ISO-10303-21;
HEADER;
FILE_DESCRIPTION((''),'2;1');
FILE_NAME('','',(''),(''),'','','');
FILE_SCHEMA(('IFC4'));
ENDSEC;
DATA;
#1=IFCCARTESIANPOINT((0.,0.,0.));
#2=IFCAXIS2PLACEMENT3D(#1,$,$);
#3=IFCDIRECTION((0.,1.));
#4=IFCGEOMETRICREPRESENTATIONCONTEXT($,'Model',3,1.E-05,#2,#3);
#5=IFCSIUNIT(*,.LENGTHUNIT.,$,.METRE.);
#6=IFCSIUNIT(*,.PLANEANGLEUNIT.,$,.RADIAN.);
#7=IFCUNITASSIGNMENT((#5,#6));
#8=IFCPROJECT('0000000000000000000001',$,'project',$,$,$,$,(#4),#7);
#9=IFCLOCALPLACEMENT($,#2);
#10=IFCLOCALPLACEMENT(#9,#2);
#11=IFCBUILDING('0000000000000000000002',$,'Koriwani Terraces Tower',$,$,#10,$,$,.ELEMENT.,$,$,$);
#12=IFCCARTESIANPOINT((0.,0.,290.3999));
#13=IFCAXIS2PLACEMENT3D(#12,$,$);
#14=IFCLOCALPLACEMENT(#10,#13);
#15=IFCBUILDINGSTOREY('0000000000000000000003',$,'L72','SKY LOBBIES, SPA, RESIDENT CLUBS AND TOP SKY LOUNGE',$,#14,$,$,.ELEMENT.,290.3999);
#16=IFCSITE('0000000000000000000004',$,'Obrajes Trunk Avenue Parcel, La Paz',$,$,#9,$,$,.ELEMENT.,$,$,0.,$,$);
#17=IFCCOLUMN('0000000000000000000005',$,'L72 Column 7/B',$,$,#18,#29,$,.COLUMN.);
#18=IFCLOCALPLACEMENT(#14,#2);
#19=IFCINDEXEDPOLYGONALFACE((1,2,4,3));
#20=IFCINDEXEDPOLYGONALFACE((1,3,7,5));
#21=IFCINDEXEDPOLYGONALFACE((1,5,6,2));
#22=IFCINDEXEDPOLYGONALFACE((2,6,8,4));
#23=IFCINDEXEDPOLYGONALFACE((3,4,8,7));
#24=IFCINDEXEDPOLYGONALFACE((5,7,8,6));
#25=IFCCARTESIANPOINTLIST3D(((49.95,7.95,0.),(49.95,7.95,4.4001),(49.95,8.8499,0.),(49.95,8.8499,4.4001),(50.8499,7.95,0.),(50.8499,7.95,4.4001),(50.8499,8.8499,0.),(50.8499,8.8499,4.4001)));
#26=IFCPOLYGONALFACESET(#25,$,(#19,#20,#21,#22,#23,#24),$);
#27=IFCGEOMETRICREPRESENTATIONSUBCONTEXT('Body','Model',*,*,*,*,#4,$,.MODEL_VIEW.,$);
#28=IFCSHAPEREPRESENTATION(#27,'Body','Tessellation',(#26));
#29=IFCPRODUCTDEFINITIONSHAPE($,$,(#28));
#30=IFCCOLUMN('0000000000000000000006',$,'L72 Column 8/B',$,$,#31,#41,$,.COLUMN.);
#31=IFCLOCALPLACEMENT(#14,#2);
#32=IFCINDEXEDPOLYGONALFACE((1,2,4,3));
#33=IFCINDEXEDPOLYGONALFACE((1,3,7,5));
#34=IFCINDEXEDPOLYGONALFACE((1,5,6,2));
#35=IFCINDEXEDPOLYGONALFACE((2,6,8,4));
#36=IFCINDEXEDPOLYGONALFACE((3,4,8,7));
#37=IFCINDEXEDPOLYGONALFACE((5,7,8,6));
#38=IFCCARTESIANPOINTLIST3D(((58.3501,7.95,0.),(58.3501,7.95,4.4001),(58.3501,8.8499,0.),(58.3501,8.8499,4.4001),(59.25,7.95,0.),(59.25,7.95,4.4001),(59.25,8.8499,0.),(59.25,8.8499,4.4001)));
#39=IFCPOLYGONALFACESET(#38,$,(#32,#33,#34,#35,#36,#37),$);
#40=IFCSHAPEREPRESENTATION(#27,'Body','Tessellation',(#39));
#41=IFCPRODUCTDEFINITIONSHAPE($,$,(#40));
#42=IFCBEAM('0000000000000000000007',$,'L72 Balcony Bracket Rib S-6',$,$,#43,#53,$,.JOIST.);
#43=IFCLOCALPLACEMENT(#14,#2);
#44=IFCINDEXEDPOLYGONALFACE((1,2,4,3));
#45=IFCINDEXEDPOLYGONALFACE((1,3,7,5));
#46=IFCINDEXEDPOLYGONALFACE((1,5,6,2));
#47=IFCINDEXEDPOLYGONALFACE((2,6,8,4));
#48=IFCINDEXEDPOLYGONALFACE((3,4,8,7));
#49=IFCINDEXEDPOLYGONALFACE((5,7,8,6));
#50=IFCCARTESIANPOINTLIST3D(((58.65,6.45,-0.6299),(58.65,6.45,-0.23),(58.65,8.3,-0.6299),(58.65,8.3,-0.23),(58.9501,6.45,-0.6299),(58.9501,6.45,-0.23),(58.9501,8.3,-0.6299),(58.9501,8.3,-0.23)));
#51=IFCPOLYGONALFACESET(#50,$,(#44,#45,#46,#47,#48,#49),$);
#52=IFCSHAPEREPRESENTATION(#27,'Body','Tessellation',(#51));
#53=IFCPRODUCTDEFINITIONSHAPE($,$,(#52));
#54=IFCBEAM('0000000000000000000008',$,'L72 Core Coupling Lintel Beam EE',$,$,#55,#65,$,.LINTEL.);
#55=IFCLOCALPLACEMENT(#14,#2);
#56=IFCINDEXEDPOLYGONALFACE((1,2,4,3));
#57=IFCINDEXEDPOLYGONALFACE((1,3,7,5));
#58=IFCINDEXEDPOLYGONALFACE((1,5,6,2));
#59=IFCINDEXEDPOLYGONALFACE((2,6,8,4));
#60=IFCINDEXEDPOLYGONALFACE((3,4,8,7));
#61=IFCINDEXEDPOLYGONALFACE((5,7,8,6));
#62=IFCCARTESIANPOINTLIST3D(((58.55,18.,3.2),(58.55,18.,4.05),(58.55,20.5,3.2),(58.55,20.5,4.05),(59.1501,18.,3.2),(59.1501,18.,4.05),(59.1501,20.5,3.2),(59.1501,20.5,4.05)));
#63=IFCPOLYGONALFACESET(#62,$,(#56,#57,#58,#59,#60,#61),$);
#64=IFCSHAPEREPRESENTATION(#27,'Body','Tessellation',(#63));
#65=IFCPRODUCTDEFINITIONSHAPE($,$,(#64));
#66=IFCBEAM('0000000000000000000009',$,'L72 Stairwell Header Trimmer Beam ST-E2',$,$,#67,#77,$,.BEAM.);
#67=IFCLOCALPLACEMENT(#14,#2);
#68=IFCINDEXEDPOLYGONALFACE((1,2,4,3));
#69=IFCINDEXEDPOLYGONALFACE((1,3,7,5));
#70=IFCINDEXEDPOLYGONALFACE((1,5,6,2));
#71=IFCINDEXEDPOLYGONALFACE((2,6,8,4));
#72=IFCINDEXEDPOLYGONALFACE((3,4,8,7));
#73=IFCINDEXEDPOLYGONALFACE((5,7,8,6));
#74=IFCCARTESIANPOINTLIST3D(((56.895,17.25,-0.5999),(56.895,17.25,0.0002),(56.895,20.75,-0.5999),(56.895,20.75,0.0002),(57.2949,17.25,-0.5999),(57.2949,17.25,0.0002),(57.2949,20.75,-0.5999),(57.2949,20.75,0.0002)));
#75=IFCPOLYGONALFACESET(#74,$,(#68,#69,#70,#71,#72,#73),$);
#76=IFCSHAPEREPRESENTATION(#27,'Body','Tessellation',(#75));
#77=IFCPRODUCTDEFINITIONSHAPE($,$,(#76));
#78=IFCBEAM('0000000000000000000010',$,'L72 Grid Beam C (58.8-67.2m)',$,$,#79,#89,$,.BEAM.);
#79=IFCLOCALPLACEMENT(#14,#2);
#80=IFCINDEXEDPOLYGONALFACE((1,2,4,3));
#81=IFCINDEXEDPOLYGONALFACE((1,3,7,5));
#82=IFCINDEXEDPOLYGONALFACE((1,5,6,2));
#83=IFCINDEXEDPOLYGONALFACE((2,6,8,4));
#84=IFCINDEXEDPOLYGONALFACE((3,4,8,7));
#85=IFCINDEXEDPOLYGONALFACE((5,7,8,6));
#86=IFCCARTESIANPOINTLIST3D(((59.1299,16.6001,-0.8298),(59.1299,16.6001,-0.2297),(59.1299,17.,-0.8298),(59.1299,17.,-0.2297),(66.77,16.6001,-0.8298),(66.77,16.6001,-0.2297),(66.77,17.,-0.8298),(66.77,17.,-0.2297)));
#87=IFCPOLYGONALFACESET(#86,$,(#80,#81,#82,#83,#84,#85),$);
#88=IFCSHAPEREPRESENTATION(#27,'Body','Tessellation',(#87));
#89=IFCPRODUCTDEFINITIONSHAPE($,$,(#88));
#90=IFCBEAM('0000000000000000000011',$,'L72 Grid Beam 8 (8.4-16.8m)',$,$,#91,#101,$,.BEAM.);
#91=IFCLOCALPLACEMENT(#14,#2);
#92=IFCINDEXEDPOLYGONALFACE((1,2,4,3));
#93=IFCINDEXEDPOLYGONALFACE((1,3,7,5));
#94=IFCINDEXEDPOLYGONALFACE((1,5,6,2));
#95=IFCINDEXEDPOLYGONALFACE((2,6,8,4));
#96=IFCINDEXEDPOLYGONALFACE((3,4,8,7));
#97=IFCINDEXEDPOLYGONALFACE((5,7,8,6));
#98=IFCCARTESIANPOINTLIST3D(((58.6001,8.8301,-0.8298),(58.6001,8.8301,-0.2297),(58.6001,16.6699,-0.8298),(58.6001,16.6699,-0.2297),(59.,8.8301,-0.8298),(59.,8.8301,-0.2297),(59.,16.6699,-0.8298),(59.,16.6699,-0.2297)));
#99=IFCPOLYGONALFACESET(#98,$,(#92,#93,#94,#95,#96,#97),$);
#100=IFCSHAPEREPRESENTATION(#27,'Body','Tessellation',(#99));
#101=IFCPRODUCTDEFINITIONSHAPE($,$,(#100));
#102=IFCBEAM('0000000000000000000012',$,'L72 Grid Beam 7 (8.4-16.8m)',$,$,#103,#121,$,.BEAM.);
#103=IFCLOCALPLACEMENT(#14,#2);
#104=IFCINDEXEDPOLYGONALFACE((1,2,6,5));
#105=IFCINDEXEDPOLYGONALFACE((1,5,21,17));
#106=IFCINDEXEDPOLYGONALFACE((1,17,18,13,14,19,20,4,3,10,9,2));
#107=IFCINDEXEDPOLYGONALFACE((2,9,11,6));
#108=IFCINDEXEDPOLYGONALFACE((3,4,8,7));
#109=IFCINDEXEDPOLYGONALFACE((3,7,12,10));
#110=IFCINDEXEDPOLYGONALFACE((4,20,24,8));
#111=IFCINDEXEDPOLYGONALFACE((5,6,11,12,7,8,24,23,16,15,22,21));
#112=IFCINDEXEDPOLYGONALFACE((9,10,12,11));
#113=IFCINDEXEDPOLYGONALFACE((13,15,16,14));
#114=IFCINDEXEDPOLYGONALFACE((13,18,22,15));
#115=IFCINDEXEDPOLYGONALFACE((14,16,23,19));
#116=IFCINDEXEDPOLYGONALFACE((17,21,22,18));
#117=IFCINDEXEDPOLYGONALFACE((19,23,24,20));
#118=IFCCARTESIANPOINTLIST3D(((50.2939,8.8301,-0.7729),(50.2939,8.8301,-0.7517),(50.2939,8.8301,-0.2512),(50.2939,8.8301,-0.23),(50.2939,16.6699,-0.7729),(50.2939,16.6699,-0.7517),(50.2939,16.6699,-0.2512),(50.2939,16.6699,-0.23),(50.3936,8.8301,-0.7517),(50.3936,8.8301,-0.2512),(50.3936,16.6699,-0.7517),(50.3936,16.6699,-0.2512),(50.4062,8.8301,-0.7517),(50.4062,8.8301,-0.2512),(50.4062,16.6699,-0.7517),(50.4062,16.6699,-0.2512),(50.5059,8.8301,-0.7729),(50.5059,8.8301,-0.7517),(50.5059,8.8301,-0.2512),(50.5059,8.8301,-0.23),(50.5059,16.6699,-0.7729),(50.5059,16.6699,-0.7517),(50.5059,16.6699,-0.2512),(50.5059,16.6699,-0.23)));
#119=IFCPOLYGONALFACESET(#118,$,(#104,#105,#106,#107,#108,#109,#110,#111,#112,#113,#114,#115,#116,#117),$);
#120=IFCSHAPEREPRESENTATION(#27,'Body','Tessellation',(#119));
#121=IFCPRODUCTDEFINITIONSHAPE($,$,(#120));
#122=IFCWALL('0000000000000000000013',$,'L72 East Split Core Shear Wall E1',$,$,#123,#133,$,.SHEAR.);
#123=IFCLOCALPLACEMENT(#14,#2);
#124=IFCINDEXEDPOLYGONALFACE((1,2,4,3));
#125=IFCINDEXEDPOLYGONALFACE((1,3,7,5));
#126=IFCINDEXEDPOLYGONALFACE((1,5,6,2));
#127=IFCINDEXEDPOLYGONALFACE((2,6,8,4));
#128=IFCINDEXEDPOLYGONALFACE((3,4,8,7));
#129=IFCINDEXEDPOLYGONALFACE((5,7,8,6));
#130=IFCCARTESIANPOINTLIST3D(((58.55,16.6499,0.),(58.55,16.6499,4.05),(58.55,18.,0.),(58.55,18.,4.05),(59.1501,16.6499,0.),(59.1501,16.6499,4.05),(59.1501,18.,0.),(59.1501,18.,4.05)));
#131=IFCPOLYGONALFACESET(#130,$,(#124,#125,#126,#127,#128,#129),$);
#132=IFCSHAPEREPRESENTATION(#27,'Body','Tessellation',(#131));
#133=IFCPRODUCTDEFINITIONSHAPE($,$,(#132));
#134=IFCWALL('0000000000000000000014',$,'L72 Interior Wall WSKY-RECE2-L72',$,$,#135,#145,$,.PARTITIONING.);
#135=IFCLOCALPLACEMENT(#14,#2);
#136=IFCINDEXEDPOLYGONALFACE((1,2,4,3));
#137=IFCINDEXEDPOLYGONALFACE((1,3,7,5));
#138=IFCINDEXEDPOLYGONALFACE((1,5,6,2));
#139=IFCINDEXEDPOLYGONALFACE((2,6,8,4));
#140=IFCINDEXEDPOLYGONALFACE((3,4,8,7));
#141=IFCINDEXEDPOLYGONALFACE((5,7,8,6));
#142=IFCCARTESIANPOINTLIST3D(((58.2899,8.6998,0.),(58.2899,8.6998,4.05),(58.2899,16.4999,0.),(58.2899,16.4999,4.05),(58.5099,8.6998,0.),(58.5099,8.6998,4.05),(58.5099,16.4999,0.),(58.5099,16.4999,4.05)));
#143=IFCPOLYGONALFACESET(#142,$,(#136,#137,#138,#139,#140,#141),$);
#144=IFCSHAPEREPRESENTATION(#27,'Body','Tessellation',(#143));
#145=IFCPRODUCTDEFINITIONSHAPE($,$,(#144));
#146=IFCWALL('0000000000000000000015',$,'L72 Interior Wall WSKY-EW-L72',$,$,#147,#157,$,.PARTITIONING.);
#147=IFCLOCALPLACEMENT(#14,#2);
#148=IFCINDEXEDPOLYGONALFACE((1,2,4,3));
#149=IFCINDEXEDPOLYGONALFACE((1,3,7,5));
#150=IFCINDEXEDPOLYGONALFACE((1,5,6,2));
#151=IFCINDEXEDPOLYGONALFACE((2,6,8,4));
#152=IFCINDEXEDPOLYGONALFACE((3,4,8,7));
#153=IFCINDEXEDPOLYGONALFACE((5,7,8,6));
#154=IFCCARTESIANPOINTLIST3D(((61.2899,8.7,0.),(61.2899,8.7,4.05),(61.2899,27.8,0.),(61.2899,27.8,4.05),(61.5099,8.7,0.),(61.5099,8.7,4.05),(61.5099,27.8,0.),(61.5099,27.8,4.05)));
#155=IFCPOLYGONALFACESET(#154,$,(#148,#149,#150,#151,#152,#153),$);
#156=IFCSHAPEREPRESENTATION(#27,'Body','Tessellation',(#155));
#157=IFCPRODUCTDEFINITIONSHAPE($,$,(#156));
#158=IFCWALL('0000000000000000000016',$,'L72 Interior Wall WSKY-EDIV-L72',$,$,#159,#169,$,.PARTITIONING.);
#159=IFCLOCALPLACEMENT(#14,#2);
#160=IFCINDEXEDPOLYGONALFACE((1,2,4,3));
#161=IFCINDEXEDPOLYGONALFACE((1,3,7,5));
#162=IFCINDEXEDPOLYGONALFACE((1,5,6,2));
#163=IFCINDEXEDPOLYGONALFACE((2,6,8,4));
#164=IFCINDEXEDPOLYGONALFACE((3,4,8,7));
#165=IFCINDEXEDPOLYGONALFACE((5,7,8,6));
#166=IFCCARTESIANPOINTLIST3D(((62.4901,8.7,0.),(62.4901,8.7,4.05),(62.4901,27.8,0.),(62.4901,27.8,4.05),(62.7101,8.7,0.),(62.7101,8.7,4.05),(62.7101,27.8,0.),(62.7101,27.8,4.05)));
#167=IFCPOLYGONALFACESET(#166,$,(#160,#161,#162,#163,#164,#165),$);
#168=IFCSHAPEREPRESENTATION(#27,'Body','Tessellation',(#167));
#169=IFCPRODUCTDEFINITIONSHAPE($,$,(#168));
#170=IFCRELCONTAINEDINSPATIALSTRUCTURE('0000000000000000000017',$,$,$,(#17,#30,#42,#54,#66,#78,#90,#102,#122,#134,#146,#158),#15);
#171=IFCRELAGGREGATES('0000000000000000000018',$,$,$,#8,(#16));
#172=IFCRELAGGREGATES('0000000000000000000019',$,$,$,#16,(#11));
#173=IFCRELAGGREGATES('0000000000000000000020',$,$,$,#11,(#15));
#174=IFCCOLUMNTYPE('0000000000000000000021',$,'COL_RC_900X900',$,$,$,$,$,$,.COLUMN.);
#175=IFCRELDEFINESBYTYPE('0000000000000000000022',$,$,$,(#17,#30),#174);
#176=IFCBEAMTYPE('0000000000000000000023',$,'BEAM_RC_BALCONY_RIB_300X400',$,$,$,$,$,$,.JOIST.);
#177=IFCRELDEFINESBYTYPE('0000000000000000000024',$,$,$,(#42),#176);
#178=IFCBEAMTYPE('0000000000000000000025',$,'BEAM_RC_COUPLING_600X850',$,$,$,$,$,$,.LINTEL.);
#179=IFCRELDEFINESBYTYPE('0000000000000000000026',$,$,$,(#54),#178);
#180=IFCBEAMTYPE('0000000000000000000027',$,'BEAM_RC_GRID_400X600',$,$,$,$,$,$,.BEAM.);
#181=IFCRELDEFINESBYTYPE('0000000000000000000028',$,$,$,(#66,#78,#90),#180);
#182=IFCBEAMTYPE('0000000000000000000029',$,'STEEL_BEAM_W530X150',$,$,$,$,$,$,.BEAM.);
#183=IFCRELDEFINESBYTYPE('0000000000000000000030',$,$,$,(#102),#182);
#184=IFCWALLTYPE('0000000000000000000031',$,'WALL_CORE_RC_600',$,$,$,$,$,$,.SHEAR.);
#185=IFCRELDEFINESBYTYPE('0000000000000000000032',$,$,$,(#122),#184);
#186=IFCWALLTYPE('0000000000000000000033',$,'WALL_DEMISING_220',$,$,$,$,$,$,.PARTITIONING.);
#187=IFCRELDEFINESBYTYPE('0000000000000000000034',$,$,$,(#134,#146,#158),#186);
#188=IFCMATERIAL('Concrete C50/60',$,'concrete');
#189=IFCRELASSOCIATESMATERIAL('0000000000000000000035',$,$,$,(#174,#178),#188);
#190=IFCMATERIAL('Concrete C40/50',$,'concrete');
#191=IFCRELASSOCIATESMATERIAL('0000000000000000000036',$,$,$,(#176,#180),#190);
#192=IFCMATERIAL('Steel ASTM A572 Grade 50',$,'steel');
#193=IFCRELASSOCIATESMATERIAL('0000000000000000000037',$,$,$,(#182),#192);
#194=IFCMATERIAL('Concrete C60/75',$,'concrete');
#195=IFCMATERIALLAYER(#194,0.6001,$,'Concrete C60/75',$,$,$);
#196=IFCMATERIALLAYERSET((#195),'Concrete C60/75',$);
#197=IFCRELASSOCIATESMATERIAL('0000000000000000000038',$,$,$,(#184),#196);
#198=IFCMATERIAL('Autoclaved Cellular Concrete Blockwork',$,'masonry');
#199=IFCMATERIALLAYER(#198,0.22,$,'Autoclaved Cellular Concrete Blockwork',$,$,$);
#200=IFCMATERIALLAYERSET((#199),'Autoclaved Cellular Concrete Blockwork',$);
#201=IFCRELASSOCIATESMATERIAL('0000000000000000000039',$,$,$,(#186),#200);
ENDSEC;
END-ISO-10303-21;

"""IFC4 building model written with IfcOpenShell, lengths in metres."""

from ifc_helpers import new_model, si_unit, direction, frame, frame_2d, origin, origin_2d, place, context, subcontext, project, spatial, rectangle, i_section, extrude, material, layer, layer_set, material_profile, profile_set, type_object, element, save


model = new_model("IFC4")

# Units and contexts
model_context = context("Model", 3, precision=1e-05, world=origin(), true_north=direction((0.0, 1.0)))
body_context = subcontext(model_context, "Body", "Model", "MODEL_VIEW")
ifc_project = project(units=[si_unit("LENGTHUNIT", "METRE"), si_unit("PLANEANGLEUNIT", "RADIAN")], contexts=[model_context])

# Site, building, storey
site_placement = place(None, origin())
site = spatial("IfcSite", under=ifc_project, at=site_placement, Name="Obrajes Trunk Avenue Parcel, La Paz", CompositionType="ELEMENT", RefElevation=0.0)
building_placement = place(site_placement, origin())
building = spatial("IfcBuilding", under=site, at=building_placement, Name="Koriwani Terraces Tower", CompositionType="ELEMENT")
storey_placement = place(building_placement, frame((0.0, 0.0, 290.3999)))
storey = spatial("IfcBuildingStorey", under=building, at=storey_placement, Name="L72", Description="SKY LOBBIES, SPA, RESIDENT CLUBS AND TOP SKY LOUNGE", CompositionType="ELEMENT", Elevation=290.3999)

# Columns
ifc_material_1 = material(Name="Concrete C50/60", Category="concrete")
ifc_material_profile_1 = material_profile(ifc_material_1, rectangle(XDim=0.8999, YDim=0.8999, at=origin_2d()), Name="Concrete C50/60", Category="LoadBearing")
ifc_profile_set_1 = profile_set([ifc_material_profile_1], Name="Concrete C50/60")
column_type = type_object("IfcColumnType", Name="COL_RC_900X900", PredefinedType="COLUMN", material=ifc_profile_set_1)
for number, where, z_axis, x_axis, name in (
    (1, (50.3999, 8.3999, 0.0), (0.0, 0.0, 1.0), (1.0, 0.0, 0.0), "L72 Column 7/B"),
    (2, (58.8, 8.3999, 0.0), (0.0, 0.0, 1.0), (1.0, 0.0, 0.0), "L72 Column 8/B"),
):
    element("IfcColumn", number, at=place(storey_placement, frame(where, z_axis=z_axis, x_axis=x_axis)), inside=storey, type_object=column_type, Name=name, PredefinedType="COLUMN", context=body_context, shape_type="SweptSolid", body=[
        extrude(rectangle(XDim=0.8999, YDim=0.8999, at=origin_2d()), origin(), (0.0, 0.0, 1.0), 4.4001),
    ])

# Beams
ifc_material_2 = material(Name="Concrete C40/50", Category="concrete")
ifc_material_profile_2 = material_profile(ifc_material_2, rectangle(XDim=0.3, YDim=0.3999, at=origin_2d()), Name="Concrete C40/50", Category="LoadBearing")
ifc_profile_set_2 = profile_set([ifc_material_profile_2], Name="Concrete C40/50")
beam_type_1 = type_object("IfcBeamType", Name="BEAM_RC_BALCONY_RIB_300X400", PredefinedType="JOIST", material=ifc_profile_set_2)
beam_1_placement = place(storey_placement, frame((58.8, 6.45, -0.4299), z_axis=(0.0, 1.0, 0.0), x_axis=(-1.0, 0.0, 0.0)))
element("IfcBeam", 3, at=beam_1_placement, inside=storey, type_object=beam_type_1, Name="L72 Balcony Bracket Rib S-6", PredefinedType="JOIST", context=body_context, shape_type="SweptSolid", body=[
    extrude(rectangle(XDim=0.3, YDim=0.3999, at=origin_2d()), origin(), (0.0, 0.0, 1.0), 1.8501),
])
ifc_material_profile_3 = material_profile(ifc_material_1, rectangle(XDim=0.6001, YDim=0.8501, at=origin_2d()), Name="Concrete C50/60", Category="LoadBearing")
ifc_profile_set_3 = profile_set([ifc_material_profile_3], Name="Concrete C50/60")
beam_type_2 = type_object("IfcBeamType", Name="BEAM_RC_COUPLING_600X850", PredefinedType="LINTEL", material=ifc_profile_set_3)
beam_2_placement = place(storey_placement, frame((58.8501, 18.0, 3.625), z_axis=(0.0, 1.0, 0.0), x_axis=(-1.0, 0.0, 0.0)))
element("IfcBeam", 4, at=beam_2_placement, inside=storey, type_object=beam_type_2, Name="L72 Core Coupling Lintel Beam EE", PredefinedType="LINTEL", context=body_context, shape_type="SweptSolid", body=[
    extrude(rectangle(XDim=0.6001, YDim=0.8501, at=origin_2d()), origin(), (0.0, 0.0, 1.0), 2.5),
])
ifc_material_profile_4 = material_profile(ifc_material_2, rectangle(XDim=0.3999, YDim=0.6001, at=origin_2d()), Name="Concrete C40/50", Category="LoadBearing")
ifc_profile_set_4 = profile_set([ifc_material_profile_4], Name="Concrete C40/50")
beam_type_3 = type_object("IfcBeamType", Name="BEAM_RC_GRID_400X600", PredefinedType="BEAM", material=ifc_profile_set_4)
beam_3_placement = place(storey_placement, frame((57.095, 17.25, -0.2998), z_axis=(0.0, 1.0, 0.0), x_axis=(-1.0, 0.0, 0.0)))
element("IfcBeam", 5, at=beam_3_placement, inside=storey, type_object=beam_type_3, Name="L72 Stairwell Header Trimmer Beam ST-E2", PredefinedType="BEAM", context=body_context, shape_type="SweptSolid", body=[
    extrude(rectangle(XDim=0.3999, YDim=0.6001, at=origin_2d()), origin(), (0.0, 0.0, 1.0), 3.5),
])
beam_4_placement = place(storey_placement, frame((59.1299, 16.8, -0.5298), z_axis=(1.0, 0.0, 0.0), x_axis=(0.0, 1.0, 0.0)))
element("IfcBeam", 6, at=beam_4_placement, inside=storey, type_object=beam_type_3, Name="L72 Grid Beam C (58.8-67.2m)", PredefinedType="BEAM", context=body_context, shape_type="SweptSolid", body=[
    extrude(rectangle(XDim=0.3999, YDim=0.6001, at=origin_2d()), origin(), (0.0, 0.0, 1.0), 7.6401),
])
beam_5_placement = place(storey_placement, frame((58.8, 8.8301, -0.5298), z_axis=(0.0, 1.0, 0.0), x_axis=(-1.0, 0.0, 0.0)))
element("IfcBeam", 7, at=beam_5_placement, inside=storey, type_object=beam_type_3, Name="L72 Grid Beam 8 (8.4-16.8m)", PredefinedType="BEAM", context=body_context, shape_type="SweptSolid", body=[
    extrude(rectangle(XDim=0.3999, YDim=0.6001, at=origin_2d()), origin(), (0.0, 0.0, 1.0), 7.8398),
])
ifc_material_3 = material(Name="Steel ASTM A572 Grade 50", Category="steel")
ifc_material_profile_5 = material_profile(ifc_material_3, i_section(OverallWidth=0.2119, OverallDepth=0.543, WebThickness=0.0127, FlangeThickness=0.0212, at=origin_2d()), Name="Steel ASTM A572 Grade 50", Category="LoadBearing")
ifc_profile_set_5 = profile_set([ifc_material_profile_5], Name="Steel ASTM A572 Grade 50")
beam_type_4 = type_object("IfcBeamType", Name="STEEL_BEAM_W530X150", PredefinedType="BEAM", material=ifc_profile_set_5)
beam_6_placement = place(storey_placement, frame((50.3999, 8.8301, -0.5015), z_axis=(0.0, 1.0, 0.0), x_axis=(-1.0, 0.0, 0.0)))
element("IfcBeam", 8, at=beam_6_placement, inside=storey, type_object=beam_type_4, Name="L72 Grid Beam 7 (8.4-16.8m)", PredefinedType="BEAM", context=body_context, shape_type="SweptSolid", body=[
    extrude(i_section(OverallWidth=0.2119, OverallDepth=0.543, WebThickness=0.0127, FlangeThickness=0.0212, at=origin_2d()), origin(), (0.0, 0.0, 1.0), 7.8398),
])

# Walls
ifc_material_4 = material(Name="Concrete C60/75", Category="concrete")
ifc_layer_1 = layer(ifc_material_4, 0.6001, Name="Concrete C60/75")
ifc_layer_set_1 = layer_set([ifc_layer_1], Name="Concrete C60/75")
wall_type_1 = type_object("IfcWallType", Name="WALL_CORE_RC_600", PredefinedType="SHEAR", material=ifc_layer_set_1)
wall_1_placement = place(storey_placement, frame((58.8501, 16.6499, 0.0), z_axis=(0.0, 0.0, 1.0), x_axis=(0.0, 1.0, 0.0)))
element("IfcWall", 9, at=wall_1_placement, inside=storey, type_object=wall_type_1, Name="L72 East Split Core Shear Wall E1", PredefinedType="SHEAR", context=body_context, shape_type="SweptSolid", body=[
    extrude(rectangle(XDim=1.3501, YDim=0.6001, at=frame_2d((0.675, 0.0))), origin(), (0.0, 0.0, 1.0), 4.05),
])
ifc_material_5 = material(Name="Autoclaved Cellular Concrete Blockwork", Category="masonry")
ifc_layer_2 = layer(ifc_material_5, 0.22, Name="Autoclaved Cellular Concrete Blockwork")
ifc_layer_set_2 = layer_set([ifc_layer_2], Name="Autoclaved Cellular Concrete Blockwork")
wall_type_2 = type_object("IfcWallType", Name="WALL_DEMISING_220", PredefinedType="PARTITIONING", material=ifc_layer_set_2)
wall_2_placement = place(storey_placement, frame((58.3999, 8.7, 0.0), z_axis=(0.0, 0.0, 1.0), x_axis=(0.0, 1.0, 0.0)))
element("IfcWall", 10, at=wall_2_placement, inside=storey, type_object=wall_type_2, Name="L72 Interior Wall WSKY-RECE2-L72", PredefinedType="PARTITIONING", context=body_context, shape_type="SweptSolid", body=[
    extrude(rectangle(XDim=7.8, YDim=0.22, at=frame_2d((3.8999, 0.0))), origin(), (0.0, 0.0, 1.0), 4.05),
])
for number, where, z_axis, x_axis, name in (
    (11, (61.3999, 8.7, 0.0), (0.0, 0.0, 1.0), (0.0, 1.0, 0.0), "L72 Interior Wall WSKY-EW-L72"),
    (12, (62.6001, 8.7, 0.0), (0.0, 0.0, 1.0), (0.0, 1.0, 0.0), "L72 Interior Wall WSKY-EDIV-L72"),
):
    element("IfcWall", number, at=place(storey_placement, frame(where, z_axis=z_axis, x_axis=x_axis)), inside=storey, type_object=wall_type_2, Name=name, PredefinedType="PARTITIONING", context=body_context, shape_type="SweptSolid", body=[
        extrude(rectangle(XDim=19.1001, YDim=0.22, at=frame_2d((9.55, 0.0))), origin(), (0.0, 0.0, 1.0), 4.05),
    ])

save(model, "model.ifc")
